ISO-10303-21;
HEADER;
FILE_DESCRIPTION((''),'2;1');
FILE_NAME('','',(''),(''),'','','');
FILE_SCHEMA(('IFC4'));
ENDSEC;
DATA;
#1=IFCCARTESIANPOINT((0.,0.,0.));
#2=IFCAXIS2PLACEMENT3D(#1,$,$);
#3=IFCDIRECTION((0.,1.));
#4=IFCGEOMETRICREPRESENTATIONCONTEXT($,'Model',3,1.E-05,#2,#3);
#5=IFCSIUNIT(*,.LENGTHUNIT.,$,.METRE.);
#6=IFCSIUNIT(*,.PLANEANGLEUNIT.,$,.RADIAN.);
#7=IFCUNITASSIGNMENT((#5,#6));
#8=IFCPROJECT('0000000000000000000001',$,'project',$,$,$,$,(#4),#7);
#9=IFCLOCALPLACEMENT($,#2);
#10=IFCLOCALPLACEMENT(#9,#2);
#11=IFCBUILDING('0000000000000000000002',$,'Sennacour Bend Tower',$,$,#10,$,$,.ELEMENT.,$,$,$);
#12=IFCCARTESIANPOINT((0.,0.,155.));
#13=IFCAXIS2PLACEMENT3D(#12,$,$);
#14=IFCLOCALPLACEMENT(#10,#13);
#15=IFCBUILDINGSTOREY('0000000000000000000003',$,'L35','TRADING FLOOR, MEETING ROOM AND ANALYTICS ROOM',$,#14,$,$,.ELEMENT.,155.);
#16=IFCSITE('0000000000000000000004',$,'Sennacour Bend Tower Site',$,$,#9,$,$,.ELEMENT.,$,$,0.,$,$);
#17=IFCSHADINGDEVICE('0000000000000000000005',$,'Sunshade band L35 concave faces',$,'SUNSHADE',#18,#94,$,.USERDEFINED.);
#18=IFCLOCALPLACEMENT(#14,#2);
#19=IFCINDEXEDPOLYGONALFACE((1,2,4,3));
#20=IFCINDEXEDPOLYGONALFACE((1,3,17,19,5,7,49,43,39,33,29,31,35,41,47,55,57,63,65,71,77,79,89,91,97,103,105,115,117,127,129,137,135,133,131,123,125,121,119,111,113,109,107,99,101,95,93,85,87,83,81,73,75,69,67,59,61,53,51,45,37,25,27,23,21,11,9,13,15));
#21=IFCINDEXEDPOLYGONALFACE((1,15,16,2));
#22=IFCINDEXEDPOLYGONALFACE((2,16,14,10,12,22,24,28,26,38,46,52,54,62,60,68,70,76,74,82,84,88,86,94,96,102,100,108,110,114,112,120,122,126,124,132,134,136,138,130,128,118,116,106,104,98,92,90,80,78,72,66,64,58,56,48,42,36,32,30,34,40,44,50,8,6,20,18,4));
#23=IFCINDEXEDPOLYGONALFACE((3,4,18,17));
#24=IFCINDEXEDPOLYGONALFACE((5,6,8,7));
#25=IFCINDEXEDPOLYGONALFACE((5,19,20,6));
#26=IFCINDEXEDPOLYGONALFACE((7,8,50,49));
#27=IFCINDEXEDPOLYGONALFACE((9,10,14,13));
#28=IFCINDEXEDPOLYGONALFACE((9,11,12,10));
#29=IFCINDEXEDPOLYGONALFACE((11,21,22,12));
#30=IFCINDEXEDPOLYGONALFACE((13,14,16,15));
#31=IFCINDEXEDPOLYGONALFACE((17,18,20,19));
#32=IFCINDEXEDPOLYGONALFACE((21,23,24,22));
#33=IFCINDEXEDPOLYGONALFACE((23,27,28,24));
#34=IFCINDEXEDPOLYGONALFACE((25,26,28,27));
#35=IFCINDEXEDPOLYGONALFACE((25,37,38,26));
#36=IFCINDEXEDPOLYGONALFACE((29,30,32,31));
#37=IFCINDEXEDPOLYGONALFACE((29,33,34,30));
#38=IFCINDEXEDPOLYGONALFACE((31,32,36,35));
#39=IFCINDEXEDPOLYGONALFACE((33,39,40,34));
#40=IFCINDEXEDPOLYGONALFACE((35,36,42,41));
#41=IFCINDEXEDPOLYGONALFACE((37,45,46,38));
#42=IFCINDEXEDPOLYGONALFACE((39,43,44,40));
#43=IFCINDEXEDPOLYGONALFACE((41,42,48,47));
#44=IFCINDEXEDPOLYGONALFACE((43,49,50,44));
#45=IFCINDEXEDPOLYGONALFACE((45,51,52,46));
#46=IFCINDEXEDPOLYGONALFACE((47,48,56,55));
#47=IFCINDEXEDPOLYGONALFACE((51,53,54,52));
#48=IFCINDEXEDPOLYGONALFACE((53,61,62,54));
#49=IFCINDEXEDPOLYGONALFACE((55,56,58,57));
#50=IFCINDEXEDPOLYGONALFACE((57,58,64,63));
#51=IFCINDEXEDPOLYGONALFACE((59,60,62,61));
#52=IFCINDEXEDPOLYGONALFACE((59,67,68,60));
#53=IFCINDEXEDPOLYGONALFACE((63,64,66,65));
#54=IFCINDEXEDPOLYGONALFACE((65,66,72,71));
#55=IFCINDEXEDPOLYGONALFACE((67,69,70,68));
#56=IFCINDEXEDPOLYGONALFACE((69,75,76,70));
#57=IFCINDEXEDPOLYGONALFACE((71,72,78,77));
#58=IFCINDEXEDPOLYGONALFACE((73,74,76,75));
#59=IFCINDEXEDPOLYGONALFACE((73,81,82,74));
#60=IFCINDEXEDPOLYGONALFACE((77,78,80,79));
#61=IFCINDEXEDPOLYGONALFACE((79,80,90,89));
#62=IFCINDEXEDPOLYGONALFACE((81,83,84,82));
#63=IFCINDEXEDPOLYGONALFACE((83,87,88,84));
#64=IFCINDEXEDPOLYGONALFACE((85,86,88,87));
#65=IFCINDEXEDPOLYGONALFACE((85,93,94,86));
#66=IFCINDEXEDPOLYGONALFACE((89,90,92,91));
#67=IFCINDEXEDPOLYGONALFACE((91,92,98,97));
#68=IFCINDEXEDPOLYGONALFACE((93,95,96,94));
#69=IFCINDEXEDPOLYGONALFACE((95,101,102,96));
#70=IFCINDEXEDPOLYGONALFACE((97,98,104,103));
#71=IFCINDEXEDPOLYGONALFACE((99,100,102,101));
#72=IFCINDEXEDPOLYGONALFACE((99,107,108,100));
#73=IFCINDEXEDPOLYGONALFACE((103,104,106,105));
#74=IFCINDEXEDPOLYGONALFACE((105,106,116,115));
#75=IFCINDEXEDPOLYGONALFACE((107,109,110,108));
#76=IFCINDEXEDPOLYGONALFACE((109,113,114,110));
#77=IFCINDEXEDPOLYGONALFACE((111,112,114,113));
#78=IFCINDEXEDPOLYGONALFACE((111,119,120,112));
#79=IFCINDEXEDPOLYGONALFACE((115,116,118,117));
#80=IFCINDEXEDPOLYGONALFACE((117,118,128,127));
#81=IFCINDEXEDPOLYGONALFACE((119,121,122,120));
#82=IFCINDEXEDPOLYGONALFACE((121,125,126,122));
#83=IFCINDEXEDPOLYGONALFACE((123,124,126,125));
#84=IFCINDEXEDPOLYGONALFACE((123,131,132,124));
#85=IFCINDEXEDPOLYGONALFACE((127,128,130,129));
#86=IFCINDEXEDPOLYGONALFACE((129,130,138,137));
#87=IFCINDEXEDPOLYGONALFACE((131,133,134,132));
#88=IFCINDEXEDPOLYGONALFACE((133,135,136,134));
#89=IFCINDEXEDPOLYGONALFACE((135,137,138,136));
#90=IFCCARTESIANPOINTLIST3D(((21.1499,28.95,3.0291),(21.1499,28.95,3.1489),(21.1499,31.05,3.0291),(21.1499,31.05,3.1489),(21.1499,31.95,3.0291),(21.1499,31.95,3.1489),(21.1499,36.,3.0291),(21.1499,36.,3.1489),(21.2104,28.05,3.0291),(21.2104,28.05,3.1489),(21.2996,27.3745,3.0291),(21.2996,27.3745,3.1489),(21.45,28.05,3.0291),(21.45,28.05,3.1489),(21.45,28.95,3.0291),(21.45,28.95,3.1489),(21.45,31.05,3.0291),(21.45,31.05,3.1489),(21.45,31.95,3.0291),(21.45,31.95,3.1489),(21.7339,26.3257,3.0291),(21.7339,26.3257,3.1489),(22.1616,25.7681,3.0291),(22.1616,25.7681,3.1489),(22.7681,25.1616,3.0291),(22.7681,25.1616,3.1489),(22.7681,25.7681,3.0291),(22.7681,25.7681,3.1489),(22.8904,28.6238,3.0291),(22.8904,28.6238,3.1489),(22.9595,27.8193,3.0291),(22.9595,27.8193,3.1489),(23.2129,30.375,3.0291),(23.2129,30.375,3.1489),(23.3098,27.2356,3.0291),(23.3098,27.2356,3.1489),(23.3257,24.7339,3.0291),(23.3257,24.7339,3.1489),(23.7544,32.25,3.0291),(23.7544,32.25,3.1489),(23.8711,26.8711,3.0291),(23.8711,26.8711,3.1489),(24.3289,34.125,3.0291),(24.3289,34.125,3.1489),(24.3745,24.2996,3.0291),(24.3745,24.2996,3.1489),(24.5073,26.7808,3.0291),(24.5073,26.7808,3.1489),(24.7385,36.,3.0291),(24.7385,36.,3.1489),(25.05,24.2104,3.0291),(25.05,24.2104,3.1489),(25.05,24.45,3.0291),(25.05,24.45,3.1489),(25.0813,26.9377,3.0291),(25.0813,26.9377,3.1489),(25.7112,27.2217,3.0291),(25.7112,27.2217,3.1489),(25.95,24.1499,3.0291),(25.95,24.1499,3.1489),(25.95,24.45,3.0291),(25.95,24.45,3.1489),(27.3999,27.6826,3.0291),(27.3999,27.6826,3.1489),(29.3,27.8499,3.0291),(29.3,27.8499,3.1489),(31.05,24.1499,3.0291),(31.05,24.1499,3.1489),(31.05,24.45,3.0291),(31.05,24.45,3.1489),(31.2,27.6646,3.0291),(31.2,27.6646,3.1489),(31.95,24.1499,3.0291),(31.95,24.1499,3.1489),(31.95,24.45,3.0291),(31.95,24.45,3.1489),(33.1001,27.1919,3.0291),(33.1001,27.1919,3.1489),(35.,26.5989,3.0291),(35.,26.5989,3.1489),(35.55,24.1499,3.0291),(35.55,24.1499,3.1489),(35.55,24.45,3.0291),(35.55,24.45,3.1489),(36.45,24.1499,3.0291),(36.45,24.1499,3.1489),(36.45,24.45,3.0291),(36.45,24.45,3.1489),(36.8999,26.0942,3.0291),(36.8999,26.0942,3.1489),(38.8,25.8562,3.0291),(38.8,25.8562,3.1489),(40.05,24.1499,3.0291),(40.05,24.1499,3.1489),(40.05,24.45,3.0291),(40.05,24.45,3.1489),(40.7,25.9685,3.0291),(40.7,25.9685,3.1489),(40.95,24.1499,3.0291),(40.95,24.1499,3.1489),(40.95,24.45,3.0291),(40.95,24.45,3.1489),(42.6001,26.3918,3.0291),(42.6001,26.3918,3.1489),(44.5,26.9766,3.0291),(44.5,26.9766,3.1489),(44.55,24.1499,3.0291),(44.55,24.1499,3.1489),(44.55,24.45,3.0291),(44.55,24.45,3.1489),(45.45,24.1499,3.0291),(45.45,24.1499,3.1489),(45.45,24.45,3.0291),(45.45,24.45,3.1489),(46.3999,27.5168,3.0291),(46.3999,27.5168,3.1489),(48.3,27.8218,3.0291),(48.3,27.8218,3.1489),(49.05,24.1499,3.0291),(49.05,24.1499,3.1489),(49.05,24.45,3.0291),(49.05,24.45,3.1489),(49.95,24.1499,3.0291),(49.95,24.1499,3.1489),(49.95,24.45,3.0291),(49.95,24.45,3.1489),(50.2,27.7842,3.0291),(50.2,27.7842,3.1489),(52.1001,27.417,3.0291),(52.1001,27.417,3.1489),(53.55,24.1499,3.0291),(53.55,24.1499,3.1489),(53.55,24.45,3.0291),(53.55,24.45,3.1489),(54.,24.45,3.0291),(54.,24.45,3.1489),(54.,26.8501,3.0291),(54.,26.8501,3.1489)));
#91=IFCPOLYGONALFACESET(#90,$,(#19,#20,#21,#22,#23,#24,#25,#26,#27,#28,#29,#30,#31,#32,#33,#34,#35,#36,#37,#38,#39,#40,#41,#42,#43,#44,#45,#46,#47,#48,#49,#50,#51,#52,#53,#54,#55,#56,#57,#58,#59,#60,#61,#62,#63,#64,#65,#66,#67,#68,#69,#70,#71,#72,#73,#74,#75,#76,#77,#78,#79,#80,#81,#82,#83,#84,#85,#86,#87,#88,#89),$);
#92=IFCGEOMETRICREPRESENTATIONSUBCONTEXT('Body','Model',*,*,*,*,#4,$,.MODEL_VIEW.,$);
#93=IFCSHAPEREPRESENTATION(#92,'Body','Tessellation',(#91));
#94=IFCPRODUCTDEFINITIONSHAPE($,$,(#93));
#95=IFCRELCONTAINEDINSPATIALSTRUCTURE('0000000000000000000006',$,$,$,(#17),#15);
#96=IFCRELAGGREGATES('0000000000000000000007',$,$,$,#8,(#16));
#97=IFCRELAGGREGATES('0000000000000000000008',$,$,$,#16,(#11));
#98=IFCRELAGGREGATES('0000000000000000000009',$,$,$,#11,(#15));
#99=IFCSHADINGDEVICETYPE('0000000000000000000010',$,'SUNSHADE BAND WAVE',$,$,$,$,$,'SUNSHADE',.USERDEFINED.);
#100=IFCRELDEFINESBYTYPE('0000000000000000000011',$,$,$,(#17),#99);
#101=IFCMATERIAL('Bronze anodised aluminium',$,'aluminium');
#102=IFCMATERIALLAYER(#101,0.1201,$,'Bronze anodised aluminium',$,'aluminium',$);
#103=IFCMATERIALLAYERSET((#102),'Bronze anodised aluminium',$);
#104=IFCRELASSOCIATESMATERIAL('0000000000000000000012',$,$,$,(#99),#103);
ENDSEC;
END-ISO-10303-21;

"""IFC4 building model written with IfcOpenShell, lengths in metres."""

from ifc_helpers import new_model, si_unit, direction, frame, origin, place, context, subcontext, project, spatial, polyline, outline, extrude, material, layer, layer_set, type_object, element, save


model = new_model("IFC4")

# Units and contexts
model_context = context("Model", 3, precision=1e-05, world=origin(), true_north=direction((0.0, 1.0)))
body_context = subcontext(model_context, "Body", "Model", "MODEL_VIEW")
ifc_project = project(units=[si_unit("LENGTHUNIT", "METRE"), si_unit("PLANEANGLEUNIT", "RADIAN")], contexts=[model_context])

# Site, building, storey
site_placement = place(None, origin())
site = spatial("IfcSite", under=ifc_project, at=site_placement, Name="Sennacour Bend Tower Site", CompositionType="ELEMENT", RefElevation=0.0)
building_placement = place(site_placement, origin())
building = spatial("IfcBuilding", under=site, at=building_placement, Name="Sennacour Bend Tower", CompositionType="ELEMENT")
storey_placement = place(building_placement, frame((0.0, 0.0, 155.0)))
storey = spatial("IfcBuildingStorey", under=building, at=storey_placement, Name="L35", Description="TRADING FLOOR, MEETING ROOM AND ANALYTICS ROOM", CompositionType="ELEMENT", Elevation=155.0)

# Shading device
ifc_material_1 = material(Name="Bronze anodised aluminium", Category="aluminium")
ifc_layer_1 = layer(ifc_material_1, 0.1201, Name="Bronze anodised aluminium", Category="aluminium")
ifc_layer_set_1 = layer_set([ifc_layer_1], Name="Bronze anodised aluminium")
shading_device_type_1 = type_object("IfcShadingDeviceType", Name="SUNSHADE BAND WAVE", ElementType="SUNSHADE", PredefinedType="USERDEFINED", material=ifc_layer_set_1)
shading_device_1_placement = place(storey_placement, frame((0.0, 0.0, 3.0291)))
element("IfcShadingDevice", 1, at=shading_device_1_placement, inside=storey, type_object=shading_device_type_1, Name="Sunshade band L35 concave faces", ObjectType="SUNSHADE", PredefinedType="USERDEFINED", context=body_context, shape_type="SweptSolid", body=[
    extrude(outline(polyline([(53.55, 24.1499), (49.95, 24.1499), (49.95, 24.45), (49.05, 24.45), (49.05, 24.1499), (45.45, 24.1499), (45.45, 24.45), (44.55, 24.45), (44.55, 24.1499), (40.95, 24.1499), (40.95, 24.45), (40.05, 24.45), (40.05, 24.1499), (36.45, 24.1499), (36.45, 24.45), (35.55, 24.45), (35.55, 24.1499), (31.95, 24.1499), (31.95, 24.45), (31.05, 24.45), (31.05, 24.1499), (25.95, 24.1499), (25.95, 24.45), (25.05, 24.45), (25.05, 24.2104), (24.3745, 24.2996), (23.3257, 24.7339), (22.7681, 25.1616), (22.7681, 25.7681), (22.1616, 25.7681), (21.7339, 26.3257), (21.2996, 27.3745), (21.2104, 28.05), (21.45, 28.05), (21.45, 28.95), (21.1499, 28.95), (21.1499, 31.05), (21.45, 31.05), (21.45, 31.95), (21.1499, 31.95), (21.1499, 36.0), (24.7385, 36.0), (24.3289, 34.125), (23.7544, 32.25), (23.2129, 30.375), (22.8904, 28.6238), (22.9595, 27.8193), (23.3098, 27.2356), (23.8711, 26.8711), (24.5073, 26.7808), (25.0813, 26.9377), (25.7112, 27.2217), (27.3999, 27.6826), (29.3, 27.8499), (31.2, 27.6646), (33.1001, 27.1919), (35.0, 26.5989), (36.8999, 26.0942), (38.8, 25.8562), (40.7, 25.9685), (42.6001, 26.3918), (44.5, 26.9766), (46.3999, 27.5168), (48.3, 27.8218), (50.2, 27.7842), (52.1001, 27.417), (54.0, 26.8501), (54.0, 24.45), (53.55, 24.45), (53.55, 24.1499)])), origin(), (0.0, 0.0, 1.0), 0.1199),
])

save(model, "model.ifc")
